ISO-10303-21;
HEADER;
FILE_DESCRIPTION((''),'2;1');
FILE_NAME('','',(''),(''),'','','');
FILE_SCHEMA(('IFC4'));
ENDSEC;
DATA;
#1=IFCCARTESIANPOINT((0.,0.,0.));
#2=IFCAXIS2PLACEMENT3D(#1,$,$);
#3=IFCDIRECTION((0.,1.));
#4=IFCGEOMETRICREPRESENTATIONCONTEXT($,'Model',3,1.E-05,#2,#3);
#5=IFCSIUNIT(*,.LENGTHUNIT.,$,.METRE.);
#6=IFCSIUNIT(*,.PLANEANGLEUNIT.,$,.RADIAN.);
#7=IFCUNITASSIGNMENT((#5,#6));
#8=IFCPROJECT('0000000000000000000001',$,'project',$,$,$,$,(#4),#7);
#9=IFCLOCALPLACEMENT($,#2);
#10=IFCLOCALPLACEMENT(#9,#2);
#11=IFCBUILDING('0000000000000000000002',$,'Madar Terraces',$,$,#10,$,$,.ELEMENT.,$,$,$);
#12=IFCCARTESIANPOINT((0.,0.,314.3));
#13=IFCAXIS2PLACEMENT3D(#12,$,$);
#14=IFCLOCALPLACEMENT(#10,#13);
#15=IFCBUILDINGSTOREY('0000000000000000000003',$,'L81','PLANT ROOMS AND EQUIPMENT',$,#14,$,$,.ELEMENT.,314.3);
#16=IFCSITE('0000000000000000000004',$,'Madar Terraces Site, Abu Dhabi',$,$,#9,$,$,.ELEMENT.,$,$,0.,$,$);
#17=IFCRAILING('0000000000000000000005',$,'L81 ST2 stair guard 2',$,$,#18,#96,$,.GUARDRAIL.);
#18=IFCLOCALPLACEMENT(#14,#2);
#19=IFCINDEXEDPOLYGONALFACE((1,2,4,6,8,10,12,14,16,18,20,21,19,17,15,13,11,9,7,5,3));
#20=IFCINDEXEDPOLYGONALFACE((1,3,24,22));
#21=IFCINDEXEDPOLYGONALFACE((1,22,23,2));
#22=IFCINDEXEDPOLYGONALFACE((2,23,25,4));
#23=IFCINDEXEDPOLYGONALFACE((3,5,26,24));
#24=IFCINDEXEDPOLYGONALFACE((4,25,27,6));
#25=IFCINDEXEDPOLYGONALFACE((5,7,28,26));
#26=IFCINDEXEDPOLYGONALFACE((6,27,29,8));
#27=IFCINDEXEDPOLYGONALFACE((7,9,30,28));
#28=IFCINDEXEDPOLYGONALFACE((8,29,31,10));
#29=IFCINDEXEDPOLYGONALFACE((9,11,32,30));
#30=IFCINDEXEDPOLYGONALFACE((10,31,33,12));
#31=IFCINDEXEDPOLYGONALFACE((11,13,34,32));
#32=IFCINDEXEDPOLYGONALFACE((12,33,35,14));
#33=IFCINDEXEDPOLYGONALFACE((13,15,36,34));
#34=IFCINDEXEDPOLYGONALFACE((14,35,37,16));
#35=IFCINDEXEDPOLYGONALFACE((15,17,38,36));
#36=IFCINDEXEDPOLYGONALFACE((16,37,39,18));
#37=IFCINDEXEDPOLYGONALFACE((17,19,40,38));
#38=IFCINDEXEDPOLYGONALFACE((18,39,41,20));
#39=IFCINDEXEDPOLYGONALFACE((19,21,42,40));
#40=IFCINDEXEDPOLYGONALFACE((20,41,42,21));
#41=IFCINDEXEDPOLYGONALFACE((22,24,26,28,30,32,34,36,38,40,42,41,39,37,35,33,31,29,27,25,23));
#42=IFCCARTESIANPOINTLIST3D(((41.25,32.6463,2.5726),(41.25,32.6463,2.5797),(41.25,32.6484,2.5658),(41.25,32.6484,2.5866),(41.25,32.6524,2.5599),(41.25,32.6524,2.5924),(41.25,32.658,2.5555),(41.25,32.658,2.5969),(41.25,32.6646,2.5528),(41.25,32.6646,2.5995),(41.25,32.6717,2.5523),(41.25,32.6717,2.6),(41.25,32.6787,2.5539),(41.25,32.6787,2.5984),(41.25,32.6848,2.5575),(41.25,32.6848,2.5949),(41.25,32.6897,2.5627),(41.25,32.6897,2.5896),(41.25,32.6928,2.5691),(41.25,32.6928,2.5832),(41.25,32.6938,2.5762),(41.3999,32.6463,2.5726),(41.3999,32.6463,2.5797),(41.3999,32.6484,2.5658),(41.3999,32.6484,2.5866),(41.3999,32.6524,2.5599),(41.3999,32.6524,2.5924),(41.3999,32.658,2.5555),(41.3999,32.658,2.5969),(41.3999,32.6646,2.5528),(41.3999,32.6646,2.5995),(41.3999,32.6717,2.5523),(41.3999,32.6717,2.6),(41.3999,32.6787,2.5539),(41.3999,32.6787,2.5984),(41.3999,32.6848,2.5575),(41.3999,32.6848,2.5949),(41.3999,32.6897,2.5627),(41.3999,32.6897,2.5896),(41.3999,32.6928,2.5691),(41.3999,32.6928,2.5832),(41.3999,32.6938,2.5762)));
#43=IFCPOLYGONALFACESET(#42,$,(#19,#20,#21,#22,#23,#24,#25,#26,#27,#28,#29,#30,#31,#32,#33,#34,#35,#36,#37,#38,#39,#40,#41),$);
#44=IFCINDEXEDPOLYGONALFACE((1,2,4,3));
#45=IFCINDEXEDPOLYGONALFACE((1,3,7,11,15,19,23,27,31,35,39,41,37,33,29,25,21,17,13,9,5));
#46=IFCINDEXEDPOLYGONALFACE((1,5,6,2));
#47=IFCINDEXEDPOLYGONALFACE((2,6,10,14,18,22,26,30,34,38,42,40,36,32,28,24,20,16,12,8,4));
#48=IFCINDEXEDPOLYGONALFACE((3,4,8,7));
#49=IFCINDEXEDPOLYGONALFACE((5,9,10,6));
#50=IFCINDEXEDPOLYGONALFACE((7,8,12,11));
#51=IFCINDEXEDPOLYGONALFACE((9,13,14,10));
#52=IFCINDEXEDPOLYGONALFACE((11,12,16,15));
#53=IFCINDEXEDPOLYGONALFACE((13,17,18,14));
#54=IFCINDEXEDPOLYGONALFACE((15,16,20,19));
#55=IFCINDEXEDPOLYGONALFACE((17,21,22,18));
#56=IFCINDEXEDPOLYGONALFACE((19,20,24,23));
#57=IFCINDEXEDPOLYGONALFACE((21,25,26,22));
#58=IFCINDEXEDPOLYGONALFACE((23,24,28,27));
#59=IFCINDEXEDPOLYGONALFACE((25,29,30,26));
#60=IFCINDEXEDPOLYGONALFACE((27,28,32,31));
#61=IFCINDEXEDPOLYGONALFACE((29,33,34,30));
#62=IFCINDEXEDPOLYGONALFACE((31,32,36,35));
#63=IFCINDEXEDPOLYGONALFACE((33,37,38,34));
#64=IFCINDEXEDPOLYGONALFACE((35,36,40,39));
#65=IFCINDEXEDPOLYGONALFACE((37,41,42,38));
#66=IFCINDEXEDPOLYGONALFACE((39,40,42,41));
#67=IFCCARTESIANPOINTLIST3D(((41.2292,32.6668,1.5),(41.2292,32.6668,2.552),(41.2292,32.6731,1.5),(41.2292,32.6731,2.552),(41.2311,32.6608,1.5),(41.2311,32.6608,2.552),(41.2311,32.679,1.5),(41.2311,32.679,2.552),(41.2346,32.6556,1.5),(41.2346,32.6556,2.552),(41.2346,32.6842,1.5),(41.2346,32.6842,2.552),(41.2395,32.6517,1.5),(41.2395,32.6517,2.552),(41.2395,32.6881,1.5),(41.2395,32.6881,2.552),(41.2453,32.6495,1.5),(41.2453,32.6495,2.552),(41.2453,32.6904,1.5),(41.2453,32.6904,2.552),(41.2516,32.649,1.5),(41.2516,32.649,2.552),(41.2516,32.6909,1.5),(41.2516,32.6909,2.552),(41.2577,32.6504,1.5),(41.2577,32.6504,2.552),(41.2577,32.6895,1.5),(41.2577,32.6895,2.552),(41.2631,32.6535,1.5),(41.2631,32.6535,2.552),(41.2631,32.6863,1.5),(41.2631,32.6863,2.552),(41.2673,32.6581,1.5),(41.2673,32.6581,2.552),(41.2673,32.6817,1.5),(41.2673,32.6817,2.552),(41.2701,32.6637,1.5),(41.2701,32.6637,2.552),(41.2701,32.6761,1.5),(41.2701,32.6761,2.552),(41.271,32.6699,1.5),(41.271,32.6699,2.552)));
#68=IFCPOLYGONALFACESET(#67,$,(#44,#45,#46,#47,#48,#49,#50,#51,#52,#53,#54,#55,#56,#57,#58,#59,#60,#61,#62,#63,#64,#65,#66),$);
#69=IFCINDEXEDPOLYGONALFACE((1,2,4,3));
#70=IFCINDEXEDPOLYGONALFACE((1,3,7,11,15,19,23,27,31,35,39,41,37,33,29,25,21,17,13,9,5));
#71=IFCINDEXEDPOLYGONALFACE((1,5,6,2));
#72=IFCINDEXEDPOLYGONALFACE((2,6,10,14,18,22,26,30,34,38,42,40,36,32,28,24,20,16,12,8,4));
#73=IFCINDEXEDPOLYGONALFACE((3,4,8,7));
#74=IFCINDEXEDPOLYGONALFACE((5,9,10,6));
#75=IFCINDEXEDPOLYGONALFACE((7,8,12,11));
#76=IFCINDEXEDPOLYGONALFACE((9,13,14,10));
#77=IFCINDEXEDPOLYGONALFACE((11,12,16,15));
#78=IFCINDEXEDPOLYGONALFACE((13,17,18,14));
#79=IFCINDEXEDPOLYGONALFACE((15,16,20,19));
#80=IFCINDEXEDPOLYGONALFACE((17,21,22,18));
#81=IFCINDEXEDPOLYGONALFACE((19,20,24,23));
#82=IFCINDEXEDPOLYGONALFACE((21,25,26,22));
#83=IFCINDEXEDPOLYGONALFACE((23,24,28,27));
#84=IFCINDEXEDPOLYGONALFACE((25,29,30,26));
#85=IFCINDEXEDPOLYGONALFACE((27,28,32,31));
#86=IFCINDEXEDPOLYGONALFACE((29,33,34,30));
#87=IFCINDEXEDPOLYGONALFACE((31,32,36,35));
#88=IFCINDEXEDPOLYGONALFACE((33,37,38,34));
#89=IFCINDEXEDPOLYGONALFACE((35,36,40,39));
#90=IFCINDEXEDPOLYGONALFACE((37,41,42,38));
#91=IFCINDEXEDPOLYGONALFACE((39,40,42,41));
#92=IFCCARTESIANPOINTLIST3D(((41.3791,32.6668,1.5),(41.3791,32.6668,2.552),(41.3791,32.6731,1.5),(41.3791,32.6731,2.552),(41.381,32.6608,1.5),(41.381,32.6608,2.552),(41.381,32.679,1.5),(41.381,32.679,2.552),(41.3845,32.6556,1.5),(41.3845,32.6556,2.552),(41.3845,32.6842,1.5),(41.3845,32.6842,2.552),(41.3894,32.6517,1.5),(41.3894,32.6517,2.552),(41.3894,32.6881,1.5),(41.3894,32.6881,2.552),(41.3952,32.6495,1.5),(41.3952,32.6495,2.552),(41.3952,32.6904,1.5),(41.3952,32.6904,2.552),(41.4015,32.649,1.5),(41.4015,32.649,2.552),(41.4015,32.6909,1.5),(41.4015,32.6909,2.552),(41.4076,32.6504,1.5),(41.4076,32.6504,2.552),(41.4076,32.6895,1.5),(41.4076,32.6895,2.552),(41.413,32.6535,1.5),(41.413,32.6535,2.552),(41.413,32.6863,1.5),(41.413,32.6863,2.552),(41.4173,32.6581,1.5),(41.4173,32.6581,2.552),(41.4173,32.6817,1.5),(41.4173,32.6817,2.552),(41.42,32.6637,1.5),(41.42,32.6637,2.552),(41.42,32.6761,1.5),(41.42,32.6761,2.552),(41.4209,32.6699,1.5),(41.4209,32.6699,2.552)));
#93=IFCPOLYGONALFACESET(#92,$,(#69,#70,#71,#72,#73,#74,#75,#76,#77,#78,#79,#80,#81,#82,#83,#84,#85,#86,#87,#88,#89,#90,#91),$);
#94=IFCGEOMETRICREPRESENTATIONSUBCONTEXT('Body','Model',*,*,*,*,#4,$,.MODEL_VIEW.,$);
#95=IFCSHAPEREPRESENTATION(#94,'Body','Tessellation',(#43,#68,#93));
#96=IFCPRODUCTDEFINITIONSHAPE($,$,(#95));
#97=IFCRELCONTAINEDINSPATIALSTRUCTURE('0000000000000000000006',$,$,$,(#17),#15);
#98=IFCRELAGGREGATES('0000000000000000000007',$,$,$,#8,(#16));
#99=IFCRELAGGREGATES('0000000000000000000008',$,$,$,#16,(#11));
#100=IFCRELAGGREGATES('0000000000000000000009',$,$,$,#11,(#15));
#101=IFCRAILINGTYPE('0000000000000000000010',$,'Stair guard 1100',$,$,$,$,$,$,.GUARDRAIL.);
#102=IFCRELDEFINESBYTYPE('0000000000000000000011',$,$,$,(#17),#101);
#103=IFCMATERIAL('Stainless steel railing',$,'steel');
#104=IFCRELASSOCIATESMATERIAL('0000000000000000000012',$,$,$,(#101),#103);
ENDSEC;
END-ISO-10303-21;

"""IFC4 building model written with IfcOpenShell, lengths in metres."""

from ifc_helpers import new_model, si_unit, direction, frame, origin, origin_2d, place, context, subcontext, project, spatial, circle, extrude, material, type_object, element, save


model = new_model("IFC4")

# Units and contexts
model_context = context("Model", 3, precision=1e-05, world=origin(), true_north=direction((0.0, 1.0)))
body_context = subcontext(model_context, "Body", "Model", "MODEL_VIEW")
ifc_project = project(units=[si_unit("LENGTHUNIT", "METRE"), si_unit("PLANEANGLEUNIT", "RADIAN")], contexts=[model_context])

# Site, building, storey
site_placement = place(None, origin())
site = spatial("IfcSite", under=ifc_project, at=site_placement, Name="Madar Terraces Site, Abu Dhabi", CompositionType="ELEMENT", RefElevation=0.0)
building_placement = place(site_placement, origin())
building = spatial("IfcBuilding", under=site, at=building_placement, Name="Madar Terraces", CompositionType="ELEMENT")
storey_placement = place(building_placement, frame((0.0, 0.0, 314.3)))
storey = spatial("IfcBuildingStorey", under=building, at=storey_placement, Name="L81", Description="PLANT ROOMS AND EQUIPMENT", CompositionType="ELEMENT", Elevation=314.3)

# Railing
ifc_material_1 = material(Name="Stainless steel railing", Category="steel")
railing_type_1 = type_object("IfcRailingType", Name="Stair guard 1100", PredefinedType="GUARDRAIL", material=ifc_material_1)
railing_1_placement = place(storey_placement, frame((41.25, 32.6699, 1.5)))
element("IfcRailing", 1, at=railing_1_placement, inside=storey, type_object=railing_type_1, Name="L81 ST2 stair guard 2", PredefinedType="GUARDRAIL", context=body_context, shape_type="SweptSolid", body=[
    extrude(circle(Radius=0.0239, at=origin_2d()), frame((0.0, 0.0, 1.0762), z_axis=(1.0, 0.0, 0.0), x_axis=(0.0, 1.0, 0.0)), (0.0, 0.0, 1.0), 0.1499),
    extrude(circle(Radius=0.021, at=origin_2d()), origin(), (0.0, 0.0, 1.0), 1.052),
    extrude(circle(Radius=0.021, at=origin_2d()), frame((0.1499, 0.0, 0.0)), (0.0, 0.0, 1.0), 1.052),
])

save(model, "model.ifc")
